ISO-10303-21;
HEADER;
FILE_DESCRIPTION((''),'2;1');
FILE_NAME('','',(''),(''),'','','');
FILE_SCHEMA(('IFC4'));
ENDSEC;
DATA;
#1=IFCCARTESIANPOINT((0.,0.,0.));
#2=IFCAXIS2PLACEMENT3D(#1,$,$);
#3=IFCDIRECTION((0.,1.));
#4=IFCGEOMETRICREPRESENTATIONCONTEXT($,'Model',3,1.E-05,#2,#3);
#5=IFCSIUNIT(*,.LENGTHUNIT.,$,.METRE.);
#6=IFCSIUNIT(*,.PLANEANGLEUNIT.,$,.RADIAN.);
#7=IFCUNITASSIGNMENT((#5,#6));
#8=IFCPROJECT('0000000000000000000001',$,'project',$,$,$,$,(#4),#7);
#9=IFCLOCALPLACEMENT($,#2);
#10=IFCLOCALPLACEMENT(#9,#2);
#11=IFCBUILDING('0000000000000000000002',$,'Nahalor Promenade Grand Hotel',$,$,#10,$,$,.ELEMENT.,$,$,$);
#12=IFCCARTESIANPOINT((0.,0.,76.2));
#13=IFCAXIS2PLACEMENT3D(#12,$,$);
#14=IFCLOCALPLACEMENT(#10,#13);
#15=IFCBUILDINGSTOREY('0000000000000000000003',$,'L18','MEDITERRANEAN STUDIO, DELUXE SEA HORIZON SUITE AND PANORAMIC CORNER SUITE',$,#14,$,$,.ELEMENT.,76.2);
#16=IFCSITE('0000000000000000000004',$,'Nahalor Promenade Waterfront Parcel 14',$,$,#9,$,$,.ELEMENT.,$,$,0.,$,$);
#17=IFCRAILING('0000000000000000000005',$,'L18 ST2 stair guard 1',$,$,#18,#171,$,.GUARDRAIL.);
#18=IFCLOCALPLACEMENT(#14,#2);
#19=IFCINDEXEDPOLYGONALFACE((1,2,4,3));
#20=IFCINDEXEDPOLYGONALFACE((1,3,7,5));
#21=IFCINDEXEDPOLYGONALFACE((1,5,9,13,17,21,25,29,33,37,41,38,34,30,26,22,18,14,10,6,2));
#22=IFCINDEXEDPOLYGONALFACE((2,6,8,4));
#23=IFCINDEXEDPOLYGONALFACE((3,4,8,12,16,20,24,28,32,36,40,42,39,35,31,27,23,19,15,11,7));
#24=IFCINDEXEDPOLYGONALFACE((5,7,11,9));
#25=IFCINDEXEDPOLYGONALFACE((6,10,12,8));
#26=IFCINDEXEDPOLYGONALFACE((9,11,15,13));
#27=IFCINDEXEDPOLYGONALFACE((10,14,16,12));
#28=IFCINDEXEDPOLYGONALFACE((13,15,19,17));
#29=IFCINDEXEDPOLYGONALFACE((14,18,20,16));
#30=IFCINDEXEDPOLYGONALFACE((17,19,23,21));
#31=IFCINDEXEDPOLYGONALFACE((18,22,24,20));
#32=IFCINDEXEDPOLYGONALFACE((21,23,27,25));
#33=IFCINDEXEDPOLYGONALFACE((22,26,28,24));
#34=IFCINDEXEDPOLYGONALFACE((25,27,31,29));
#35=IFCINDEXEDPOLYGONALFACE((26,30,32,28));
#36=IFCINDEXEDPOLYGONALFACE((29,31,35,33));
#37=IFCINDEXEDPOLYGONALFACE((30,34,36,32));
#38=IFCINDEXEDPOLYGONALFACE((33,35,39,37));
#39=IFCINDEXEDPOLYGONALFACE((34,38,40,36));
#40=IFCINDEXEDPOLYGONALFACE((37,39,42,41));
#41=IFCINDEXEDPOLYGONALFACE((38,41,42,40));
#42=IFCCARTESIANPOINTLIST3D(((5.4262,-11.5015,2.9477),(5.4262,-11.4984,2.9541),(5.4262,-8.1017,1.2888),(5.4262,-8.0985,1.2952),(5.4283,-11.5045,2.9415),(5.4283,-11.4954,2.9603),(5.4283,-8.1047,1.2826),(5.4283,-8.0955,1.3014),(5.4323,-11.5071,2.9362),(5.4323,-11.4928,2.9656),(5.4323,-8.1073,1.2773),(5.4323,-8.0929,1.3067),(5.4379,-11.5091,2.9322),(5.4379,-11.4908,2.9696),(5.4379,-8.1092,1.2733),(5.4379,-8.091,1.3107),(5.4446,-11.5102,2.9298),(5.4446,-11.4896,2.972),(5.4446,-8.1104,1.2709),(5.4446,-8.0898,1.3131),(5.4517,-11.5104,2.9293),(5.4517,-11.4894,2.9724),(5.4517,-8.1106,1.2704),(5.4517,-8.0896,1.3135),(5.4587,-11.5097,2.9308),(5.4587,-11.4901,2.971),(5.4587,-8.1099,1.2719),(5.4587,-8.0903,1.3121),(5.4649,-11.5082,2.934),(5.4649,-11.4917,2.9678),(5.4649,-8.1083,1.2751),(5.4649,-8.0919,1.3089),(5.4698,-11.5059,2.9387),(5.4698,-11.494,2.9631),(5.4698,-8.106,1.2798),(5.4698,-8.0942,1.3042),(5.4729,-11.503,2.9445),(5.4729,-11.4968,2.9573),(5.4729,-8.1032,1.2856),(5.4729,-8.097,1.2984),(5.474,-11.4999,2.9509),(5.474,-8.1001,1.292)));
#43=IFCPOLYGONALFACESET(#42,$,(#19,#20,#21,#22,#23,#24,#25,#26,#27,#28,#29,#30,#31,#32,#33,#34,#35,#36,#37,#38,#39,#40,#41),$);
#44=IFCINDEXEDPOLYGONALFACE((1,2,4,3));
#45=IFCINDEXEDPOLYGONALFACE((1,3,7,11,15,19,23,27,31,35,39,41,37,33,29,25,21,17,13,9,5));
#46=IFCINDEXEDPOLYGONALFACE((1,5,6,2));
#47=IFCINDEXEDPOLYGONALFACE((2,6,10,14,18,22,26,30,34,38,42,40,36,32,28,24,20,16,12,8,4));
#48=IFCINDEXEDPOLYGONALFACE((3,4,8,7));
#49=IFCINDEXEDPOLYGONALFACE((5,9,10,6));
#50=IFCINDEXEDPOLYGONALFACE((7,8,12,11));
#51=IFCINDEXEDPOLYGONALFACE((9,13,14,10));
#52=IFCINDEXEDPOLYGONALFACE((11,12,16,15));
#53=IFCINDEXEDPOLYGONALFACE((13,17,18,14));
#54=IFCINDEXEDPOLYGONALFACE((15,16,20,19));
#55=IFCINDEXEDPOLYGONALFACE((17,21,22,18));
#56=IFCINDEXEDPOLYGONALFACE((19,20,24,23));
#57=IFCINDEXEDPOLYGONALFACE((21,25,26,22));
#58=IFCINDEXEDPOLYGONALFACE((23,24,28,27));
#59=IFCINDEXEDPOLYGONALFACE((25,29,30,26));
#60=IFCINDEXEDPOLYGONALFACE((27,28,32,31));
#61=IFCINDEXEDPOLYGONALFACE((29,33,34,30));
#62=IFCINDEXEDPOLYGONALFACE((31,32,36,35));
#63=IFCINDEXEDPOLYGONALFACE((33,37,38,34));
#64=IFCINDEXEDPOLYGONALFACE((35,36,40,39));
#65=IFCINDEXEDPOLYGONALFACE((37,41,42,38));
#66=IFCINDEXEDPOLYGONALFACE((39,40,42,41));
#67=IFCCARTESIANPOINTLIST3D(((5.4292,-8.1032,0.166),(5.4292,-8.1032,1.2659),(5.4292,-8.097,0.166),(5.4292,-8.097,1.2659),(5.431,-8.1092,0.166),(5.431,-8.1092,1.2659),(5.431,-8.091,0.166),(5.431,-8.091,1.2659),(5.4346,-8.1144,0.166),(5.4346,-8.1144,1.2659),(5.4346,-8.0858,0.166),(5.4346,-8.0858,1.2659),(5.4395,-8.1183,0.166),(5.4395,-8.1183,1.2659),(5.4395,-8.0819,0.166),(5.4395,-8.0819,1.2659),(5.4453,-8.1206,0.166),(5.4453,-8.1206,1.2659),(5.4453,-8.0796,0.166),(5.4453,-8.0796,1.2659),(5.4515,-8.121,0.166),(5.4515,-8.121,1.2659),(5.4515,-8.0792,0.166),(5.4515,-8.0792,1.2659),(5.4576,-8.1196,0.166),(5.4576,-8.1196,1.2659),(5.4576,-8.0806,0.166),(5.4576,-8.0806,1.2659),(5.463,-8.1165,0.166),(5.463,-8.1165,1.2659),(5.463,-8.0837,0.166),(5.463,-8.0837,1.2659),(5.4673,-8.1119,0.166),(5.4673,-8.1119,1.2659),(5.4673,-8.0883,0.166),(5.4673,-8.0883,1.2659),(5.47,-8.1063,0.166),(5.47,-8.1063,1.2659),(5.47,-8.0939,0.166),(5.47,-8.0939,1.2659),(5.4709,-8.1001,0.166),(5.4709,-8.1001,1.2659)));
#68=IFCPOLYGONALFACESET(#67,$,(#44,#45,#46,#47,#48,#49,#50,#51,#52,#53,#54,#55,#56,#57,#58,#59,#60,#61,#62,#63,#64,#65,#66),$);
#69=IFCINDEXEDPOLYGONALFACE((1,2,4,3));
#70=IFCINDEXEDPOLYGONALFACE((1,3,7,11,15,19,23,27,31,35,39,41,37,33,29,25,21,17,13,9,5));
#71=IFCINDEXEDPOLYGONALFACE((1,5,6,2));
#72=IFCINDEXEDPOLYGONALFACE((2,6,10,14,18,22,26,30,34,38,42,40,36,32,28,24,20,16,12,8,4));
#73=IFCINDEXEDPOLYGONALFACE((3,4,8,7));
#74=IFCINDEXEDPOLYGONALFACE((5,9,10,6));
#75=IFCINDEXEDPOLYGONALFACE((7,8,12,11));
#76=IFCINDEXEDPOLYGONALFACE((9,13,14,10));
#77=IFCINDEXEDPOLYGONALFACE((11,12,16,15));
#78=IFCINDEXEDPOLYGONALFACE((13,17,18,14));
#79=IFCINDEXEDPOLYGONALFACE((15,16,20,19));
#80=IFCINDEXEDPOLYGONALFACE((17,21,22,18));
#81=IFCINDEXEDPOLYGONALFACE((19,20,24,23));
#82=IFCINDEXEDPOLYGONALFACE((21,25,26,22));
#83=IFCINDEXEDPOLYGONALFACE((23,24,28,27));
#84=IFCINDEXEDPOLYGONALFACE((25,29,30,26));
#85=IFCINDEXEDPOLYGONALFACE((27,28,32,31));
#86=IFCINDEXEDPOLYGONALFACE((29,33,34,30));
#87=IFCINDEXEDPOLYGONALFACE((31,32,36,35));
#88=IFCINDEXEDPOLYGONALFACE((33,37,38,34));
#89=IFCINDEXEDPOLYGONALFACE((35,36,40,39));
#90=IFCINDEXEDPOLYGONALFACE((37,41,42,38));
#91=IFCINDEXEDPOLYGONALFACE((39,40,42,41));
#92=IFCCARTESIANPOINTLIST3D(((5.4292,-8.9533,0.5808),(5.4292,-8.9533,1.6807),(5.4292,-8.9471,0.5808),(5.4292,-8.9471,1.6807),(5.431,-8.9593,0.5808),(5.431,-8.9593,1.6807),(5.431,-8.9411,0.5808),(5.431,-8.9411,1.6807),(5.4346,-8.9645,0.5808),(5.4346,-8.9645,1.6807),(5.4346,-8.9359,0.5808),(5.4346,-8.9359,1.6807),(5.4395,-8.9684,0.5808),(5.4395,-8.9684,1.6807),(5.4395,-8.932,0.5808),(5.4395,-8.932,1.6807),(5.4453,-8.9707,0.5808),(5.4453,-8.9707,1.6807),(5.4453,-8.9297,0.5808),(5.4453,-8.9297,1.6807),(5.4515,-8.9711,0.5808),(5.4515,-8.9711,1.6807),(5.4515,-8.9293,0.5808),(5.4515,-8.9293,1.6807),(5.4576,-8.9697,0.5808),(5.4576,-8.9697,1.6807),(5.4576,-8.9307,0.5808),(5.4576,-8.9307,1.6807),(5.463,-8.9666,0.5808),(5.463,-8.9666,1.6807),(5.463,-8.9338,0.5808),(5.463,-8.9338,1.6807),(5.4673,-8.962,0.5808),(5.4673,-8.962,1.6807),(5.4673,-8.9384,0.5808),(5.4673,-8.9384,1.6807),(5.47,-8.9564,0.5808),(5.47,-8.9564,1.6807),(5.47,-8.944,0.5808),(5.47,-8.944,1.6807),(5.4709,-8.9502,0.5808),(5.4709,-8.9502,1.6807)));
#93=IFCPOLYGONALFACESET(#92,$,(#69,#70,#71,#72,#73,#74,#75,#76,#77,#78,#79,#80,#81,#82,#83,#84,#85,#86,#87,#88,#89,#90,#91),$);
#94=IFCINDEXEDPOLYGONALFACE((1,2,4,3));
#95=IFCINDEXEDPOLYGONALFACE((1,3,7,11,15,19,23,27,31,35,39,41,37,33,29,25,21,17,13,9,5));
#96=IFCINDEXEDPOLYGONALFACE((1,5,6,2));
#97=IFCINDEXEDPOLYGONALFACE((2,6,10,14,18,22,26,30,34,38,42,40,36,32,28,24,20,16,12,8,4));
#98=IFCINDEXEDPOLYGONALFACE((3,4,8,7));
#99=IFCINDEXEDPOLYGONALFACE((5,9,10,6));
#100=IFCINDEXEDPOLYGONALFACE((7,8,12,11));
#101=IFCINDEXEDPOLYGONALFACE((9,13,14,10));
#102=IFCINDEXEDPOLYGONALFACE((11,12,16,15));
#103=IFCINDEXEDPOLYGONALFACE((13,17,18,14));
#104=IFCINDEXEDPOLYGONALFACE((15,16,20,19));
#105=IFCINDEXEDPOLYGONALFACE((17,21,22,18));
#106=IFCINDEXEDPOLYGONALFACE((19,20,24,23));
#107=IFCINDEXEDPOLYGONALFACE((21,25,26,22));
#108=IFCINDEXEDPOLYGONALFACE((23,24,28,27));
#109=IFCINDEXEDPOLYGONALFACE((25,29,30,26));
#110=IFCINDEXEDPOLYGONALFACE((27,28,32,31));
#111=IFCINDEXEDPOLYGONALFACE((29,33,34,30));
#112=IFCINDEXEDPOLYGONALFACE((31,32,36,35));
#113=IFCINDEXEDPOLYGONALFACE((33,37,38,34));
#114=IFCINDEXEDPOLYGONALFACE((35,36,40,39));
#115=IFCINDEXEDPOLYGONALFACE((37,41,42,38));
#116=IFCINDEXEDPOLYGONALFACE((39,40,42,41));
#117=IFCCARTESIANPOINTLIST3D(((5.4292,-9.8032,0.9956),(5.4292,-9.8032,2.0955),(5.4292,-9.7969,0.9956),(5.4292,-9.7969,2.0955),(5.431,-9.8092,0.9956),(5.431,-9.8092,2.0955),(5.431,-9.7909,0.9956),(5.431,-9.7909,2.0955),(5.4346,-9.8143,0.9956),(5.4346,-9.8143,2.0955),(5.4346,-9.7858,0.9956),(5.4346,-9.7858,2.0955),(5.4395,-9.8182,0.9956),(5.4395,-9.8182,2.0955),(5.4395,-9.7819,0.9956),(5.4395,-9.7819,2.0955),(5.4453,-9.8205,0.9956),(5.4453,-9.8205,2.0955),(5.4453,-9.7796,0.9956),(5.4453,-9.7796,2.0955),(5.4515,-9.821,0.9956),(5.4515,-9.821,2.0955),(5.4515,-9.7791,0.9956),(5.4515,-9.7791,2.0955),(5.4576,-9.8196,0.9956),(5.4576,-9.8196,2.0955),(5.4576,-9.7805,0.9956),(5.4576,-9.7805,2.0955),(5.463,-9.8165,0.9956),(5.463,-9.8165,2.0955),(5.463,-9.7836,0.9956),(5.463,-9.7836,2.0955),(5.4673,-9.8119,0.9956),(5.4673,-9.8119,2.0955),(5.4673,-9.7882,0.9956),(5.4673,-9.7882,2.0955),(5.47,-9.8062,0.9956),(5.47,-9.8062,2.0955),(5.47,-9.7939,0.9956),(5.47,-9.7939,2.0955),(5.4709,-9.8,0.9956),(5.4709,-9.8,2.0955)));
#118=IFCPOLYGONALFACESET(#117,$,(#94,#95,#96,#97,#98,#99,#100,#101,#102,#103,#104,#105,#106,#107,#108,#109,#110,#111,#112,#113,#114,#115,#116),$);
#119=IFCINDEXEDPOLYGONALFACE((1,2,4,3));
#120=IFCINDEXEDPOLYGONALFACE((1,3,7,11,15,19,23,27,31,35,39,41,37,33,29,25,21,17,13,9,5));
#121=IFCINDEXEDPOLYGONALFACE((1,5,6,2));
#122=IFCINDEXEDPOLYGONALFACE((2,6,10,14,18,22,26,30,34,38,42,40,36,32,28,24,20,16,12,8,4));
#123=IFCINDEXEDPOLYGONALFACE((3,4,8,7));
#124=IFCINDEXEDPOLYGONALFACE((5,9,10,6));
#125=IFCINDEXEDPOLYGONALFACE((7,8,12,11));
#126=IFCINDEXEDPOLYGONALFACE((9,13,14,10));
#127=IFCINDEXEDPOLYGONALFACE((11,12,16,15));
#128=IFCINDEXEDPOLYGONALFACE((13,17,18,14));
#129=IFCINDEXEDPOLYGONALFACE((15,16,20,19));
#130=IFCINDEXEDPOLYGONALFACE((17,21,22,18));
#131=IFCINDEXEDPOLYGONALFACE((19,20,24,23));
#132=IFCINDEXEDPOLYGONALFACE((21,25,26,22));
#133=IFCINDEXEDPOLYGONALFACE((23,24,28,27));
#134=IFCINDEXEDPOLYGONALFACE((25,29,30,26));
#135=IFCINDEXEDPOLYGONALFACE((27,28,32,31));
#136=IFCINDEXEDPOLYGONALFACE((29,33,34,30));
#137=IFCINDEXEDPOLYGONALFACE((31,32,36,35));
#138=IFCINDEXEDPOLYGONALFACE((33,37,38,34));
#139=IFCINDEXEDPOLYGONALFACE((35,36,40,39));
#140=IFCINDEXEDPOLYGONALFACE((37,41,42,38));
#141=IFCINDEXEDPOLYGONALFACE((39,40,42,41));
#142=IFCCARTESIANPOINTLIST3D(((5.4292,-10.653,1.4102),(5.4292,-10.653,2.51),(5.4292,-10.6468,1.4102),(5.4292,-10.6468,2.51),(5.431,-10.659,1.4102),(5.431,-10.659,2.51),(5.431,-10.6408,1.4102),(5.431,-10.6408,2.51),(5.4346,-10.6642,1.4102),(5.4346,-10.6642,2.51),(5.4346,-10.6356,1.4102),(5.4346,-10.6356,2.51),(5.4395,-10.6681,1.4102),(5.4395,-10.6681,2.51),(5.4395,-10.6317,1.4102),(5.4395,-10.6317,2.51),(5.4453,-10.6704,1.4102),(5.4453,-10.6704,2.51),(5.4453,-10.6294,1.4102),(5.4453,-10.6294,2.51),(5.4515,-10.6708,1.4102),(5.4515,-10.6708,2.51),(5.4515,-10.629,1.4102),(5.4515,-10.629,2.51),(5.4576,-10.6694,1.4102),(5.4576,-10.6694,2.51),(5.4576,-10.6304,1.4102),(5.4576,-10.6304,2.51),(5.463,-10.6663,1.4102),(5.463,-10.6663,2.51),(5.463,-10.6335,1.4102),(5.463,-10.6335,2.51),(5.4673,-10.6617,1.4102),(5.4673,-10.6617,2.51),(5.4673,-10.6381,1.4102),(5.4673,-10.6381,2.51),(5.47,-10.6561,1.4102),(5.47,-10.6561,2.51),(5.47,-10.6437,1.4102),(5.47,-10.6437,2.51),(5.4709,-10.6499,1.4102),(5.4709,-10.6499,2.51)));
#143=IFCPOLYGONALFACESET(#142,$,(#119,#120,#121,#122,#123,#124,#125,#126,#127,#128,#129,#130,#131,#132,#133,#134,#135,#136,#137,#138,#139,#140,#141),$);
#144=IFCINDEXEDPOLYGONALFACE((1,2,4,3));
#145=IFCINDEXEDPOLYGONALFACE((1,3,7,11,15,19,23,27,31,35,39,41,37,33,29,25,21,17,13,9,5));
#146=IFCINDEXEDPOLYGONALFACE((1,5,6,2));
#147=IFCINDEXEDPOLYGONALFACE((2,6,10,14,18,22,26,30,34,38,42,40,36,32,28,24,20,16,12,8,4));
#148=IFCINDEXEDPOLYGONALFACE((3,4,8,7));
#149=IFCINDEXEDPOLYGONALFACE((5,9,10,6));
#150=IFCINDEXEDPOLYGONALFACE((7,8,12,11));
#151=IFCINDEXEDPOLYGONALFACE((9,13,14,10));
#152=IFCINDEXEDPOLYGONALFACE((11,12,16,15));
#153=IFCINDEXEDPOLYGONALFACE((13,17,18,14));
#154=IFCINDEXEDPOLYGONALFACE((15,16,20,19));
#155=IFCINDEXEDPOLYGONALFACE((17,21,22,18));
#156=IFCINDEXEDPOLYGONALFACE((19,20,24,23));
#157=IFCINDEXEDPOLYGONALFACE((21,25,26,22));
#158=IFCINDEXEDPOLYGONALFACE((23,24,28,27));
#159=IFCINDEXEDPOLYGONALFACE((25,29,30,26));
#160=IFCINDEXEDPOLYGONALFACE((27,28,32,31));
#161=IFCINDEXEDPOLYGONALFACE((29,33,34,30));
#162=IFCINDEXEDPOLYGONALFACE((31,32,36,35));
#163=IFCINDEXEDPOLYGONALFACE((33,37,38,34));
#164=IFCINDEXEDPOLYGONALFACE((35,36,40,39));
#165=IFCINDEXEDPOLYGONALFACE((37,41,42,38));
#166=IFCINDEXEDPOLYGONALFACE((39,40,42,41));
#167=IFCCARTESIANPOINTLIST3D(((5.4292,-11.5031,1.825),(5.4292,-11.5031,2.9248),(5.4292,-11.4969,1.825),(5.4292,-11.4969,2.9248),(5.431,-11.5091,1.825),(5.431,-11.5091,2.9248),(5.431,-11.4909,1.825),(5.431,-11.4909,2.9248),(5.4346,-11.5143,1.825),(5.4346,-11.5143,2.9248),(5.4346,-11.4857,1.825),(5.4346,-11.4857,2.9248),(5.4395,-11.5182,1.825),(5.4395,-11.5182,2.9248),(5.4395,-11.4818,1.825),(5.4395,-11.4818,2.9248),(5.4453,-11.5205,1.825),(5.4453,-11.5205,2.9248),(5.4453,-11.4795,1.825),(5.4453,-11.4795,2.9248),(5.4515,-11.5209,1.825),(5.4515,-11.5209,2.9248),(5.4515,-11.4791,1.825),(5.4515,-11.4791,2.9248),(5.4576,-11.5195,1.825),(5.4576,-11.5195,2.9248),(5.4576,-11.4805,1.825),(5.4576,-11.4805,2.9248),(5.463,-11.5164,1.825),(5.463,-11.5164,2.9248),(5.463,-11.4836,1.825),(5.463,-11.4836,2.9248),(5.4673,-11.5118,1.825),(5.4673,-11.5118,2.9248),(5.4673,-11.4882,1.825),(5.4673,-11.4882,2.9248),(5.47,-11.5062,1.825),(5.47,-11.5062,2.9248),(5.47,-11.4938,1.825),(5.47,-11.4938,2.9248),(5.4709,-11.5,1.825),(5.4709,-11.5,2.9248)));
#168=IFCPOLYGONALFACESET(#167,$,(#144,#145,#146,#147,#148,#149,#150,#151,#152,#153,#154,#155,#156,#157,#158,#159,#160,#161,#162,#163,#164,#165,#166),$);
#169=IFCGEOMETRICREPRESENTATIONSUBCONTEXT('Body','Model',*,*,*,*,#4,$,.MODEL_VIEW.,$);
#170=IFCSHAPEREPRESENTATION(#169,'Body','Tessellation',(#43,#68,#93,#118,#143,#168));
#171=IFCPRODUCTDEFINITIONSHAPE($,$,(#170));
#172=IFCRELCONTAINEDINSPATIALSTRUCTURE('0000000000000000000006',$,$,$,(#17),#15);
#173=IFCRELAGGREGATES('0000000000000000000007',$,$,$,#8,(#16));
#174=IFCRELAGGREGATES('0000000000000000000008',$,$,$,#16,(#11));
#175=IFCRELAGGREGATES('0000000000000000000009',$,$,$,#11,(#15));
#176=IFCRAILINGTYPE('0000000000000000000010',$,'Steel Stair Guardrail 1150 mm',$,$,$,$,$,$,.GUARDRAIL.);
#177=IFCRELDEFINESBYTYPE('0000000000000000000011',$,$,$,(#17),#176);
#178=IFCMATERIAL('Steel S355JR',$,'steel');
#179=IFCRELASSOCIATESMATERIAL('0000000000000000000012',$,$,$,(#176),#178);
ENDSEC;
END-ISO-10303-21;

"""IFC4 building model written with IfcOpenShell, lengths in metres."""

from ifc_helpers import new_model, si_unit, direction, frame, origin, origin_2d, place, context, subcontext, project, spatial, circle, extrude, material, type_object, element, save


model = new_model("IFC4")

# Units and contexts
model_context = context("Model", 3, precision=1e-05, world=origin(), true_north=direction((0.0, 1.0)))
body_context = subcontext(model_context, "Body", "Model", "MODEL_VIEW")
ifc_project = project(units=[si_unit("LENGTHUNIT", "METRE"), si_unit("PLANEANGLEUNIT", "RADIAN")], contexts=[model_context])

# Site, building, storey
site_placement = place(None, origin())
site = spatial("IfcSite", under=ifc_project, at=site_placement, Name="Nahalor Promenade Waterfront Parcel 14", CompositionType="ELEMENT", RefElevation=0.0)
building_placement = place(site_placement, origin())
building = spatial("IfcBuilding", under=site, at=building_placement, Name="Nahalor Promenade Grand Hotel", CompositionType="ELEMENT")
storey_placement = place(building_placement, frame((0.0, 0.0, 76.2)))
storey = spatial("IfcBuildingStorey", under=building, at=storey_placement, Name="L18", Description="MEDITERRANEAN STUDIO, DELUXE SEA HORIZON SUITE AND PANORAMIC CORNER SUITE", CompositionType="ELEMENT", Elevation=76.2)

# Shared definitions
ifc_material_1 = material(Name="Steel S355JR", Category="steel")

# Railing
railing_type_1 = type_object("IfcRailingType", Name="Steel Stair Guardrail 1150 mm", PredefinedType="GUARDRAIL", material=ifc_material_1)
railing_1_placement = place(storey_placement, frame((5.45, -8.1001, 0.166)))
element("IfcRailing", 1, at=railing_1_placement, inside=storey, type_object=railing_type_1, Name="L18 ST2 stair guard 1", PredefinedType="GUARDRAIL", context=body_context, shape_type="SweptSolid", body=[
    extrude(circle(Radius=0.024, at=origin_2d()), frame((0.0, 0.0, 1.126), z_axis=(0.0, -0.898722, 0.438519), x_axis=(1.0, 0.0, 0.0)), (0.0, 0.0, 1.0), 3.783),
    extrude(circle(Radius=0.021, at=origin_2d()), origin(), (0.0, 0.0, 1.0), 1.0999),
    extrude(circle(Radius=0.021, at=origin_2d()), frame((0.0, -0.8501, 0.4148)), (0.0, 0.0, 1.0), 1.0999),
    extrude(circle(Radius=0.021, at=origin_2d()), frame((0.0, -1.7, 0.8296)), (0.0, 0.0, 1.0), 1.0999),
    extrude(circle(Radius=0.021, at=origin_2d()), frame((0.0, -2.5498, 1.2441)), (0.0, 0.0, 1.0), 1.0999),
    extrude(circle(Radius=0.021, at=origin_2d()), frame((0.0, -3.3999, 1.6589)), (0.0, 0.0, 1.0), 1.0999),
])

save(model, "model.ifc")
